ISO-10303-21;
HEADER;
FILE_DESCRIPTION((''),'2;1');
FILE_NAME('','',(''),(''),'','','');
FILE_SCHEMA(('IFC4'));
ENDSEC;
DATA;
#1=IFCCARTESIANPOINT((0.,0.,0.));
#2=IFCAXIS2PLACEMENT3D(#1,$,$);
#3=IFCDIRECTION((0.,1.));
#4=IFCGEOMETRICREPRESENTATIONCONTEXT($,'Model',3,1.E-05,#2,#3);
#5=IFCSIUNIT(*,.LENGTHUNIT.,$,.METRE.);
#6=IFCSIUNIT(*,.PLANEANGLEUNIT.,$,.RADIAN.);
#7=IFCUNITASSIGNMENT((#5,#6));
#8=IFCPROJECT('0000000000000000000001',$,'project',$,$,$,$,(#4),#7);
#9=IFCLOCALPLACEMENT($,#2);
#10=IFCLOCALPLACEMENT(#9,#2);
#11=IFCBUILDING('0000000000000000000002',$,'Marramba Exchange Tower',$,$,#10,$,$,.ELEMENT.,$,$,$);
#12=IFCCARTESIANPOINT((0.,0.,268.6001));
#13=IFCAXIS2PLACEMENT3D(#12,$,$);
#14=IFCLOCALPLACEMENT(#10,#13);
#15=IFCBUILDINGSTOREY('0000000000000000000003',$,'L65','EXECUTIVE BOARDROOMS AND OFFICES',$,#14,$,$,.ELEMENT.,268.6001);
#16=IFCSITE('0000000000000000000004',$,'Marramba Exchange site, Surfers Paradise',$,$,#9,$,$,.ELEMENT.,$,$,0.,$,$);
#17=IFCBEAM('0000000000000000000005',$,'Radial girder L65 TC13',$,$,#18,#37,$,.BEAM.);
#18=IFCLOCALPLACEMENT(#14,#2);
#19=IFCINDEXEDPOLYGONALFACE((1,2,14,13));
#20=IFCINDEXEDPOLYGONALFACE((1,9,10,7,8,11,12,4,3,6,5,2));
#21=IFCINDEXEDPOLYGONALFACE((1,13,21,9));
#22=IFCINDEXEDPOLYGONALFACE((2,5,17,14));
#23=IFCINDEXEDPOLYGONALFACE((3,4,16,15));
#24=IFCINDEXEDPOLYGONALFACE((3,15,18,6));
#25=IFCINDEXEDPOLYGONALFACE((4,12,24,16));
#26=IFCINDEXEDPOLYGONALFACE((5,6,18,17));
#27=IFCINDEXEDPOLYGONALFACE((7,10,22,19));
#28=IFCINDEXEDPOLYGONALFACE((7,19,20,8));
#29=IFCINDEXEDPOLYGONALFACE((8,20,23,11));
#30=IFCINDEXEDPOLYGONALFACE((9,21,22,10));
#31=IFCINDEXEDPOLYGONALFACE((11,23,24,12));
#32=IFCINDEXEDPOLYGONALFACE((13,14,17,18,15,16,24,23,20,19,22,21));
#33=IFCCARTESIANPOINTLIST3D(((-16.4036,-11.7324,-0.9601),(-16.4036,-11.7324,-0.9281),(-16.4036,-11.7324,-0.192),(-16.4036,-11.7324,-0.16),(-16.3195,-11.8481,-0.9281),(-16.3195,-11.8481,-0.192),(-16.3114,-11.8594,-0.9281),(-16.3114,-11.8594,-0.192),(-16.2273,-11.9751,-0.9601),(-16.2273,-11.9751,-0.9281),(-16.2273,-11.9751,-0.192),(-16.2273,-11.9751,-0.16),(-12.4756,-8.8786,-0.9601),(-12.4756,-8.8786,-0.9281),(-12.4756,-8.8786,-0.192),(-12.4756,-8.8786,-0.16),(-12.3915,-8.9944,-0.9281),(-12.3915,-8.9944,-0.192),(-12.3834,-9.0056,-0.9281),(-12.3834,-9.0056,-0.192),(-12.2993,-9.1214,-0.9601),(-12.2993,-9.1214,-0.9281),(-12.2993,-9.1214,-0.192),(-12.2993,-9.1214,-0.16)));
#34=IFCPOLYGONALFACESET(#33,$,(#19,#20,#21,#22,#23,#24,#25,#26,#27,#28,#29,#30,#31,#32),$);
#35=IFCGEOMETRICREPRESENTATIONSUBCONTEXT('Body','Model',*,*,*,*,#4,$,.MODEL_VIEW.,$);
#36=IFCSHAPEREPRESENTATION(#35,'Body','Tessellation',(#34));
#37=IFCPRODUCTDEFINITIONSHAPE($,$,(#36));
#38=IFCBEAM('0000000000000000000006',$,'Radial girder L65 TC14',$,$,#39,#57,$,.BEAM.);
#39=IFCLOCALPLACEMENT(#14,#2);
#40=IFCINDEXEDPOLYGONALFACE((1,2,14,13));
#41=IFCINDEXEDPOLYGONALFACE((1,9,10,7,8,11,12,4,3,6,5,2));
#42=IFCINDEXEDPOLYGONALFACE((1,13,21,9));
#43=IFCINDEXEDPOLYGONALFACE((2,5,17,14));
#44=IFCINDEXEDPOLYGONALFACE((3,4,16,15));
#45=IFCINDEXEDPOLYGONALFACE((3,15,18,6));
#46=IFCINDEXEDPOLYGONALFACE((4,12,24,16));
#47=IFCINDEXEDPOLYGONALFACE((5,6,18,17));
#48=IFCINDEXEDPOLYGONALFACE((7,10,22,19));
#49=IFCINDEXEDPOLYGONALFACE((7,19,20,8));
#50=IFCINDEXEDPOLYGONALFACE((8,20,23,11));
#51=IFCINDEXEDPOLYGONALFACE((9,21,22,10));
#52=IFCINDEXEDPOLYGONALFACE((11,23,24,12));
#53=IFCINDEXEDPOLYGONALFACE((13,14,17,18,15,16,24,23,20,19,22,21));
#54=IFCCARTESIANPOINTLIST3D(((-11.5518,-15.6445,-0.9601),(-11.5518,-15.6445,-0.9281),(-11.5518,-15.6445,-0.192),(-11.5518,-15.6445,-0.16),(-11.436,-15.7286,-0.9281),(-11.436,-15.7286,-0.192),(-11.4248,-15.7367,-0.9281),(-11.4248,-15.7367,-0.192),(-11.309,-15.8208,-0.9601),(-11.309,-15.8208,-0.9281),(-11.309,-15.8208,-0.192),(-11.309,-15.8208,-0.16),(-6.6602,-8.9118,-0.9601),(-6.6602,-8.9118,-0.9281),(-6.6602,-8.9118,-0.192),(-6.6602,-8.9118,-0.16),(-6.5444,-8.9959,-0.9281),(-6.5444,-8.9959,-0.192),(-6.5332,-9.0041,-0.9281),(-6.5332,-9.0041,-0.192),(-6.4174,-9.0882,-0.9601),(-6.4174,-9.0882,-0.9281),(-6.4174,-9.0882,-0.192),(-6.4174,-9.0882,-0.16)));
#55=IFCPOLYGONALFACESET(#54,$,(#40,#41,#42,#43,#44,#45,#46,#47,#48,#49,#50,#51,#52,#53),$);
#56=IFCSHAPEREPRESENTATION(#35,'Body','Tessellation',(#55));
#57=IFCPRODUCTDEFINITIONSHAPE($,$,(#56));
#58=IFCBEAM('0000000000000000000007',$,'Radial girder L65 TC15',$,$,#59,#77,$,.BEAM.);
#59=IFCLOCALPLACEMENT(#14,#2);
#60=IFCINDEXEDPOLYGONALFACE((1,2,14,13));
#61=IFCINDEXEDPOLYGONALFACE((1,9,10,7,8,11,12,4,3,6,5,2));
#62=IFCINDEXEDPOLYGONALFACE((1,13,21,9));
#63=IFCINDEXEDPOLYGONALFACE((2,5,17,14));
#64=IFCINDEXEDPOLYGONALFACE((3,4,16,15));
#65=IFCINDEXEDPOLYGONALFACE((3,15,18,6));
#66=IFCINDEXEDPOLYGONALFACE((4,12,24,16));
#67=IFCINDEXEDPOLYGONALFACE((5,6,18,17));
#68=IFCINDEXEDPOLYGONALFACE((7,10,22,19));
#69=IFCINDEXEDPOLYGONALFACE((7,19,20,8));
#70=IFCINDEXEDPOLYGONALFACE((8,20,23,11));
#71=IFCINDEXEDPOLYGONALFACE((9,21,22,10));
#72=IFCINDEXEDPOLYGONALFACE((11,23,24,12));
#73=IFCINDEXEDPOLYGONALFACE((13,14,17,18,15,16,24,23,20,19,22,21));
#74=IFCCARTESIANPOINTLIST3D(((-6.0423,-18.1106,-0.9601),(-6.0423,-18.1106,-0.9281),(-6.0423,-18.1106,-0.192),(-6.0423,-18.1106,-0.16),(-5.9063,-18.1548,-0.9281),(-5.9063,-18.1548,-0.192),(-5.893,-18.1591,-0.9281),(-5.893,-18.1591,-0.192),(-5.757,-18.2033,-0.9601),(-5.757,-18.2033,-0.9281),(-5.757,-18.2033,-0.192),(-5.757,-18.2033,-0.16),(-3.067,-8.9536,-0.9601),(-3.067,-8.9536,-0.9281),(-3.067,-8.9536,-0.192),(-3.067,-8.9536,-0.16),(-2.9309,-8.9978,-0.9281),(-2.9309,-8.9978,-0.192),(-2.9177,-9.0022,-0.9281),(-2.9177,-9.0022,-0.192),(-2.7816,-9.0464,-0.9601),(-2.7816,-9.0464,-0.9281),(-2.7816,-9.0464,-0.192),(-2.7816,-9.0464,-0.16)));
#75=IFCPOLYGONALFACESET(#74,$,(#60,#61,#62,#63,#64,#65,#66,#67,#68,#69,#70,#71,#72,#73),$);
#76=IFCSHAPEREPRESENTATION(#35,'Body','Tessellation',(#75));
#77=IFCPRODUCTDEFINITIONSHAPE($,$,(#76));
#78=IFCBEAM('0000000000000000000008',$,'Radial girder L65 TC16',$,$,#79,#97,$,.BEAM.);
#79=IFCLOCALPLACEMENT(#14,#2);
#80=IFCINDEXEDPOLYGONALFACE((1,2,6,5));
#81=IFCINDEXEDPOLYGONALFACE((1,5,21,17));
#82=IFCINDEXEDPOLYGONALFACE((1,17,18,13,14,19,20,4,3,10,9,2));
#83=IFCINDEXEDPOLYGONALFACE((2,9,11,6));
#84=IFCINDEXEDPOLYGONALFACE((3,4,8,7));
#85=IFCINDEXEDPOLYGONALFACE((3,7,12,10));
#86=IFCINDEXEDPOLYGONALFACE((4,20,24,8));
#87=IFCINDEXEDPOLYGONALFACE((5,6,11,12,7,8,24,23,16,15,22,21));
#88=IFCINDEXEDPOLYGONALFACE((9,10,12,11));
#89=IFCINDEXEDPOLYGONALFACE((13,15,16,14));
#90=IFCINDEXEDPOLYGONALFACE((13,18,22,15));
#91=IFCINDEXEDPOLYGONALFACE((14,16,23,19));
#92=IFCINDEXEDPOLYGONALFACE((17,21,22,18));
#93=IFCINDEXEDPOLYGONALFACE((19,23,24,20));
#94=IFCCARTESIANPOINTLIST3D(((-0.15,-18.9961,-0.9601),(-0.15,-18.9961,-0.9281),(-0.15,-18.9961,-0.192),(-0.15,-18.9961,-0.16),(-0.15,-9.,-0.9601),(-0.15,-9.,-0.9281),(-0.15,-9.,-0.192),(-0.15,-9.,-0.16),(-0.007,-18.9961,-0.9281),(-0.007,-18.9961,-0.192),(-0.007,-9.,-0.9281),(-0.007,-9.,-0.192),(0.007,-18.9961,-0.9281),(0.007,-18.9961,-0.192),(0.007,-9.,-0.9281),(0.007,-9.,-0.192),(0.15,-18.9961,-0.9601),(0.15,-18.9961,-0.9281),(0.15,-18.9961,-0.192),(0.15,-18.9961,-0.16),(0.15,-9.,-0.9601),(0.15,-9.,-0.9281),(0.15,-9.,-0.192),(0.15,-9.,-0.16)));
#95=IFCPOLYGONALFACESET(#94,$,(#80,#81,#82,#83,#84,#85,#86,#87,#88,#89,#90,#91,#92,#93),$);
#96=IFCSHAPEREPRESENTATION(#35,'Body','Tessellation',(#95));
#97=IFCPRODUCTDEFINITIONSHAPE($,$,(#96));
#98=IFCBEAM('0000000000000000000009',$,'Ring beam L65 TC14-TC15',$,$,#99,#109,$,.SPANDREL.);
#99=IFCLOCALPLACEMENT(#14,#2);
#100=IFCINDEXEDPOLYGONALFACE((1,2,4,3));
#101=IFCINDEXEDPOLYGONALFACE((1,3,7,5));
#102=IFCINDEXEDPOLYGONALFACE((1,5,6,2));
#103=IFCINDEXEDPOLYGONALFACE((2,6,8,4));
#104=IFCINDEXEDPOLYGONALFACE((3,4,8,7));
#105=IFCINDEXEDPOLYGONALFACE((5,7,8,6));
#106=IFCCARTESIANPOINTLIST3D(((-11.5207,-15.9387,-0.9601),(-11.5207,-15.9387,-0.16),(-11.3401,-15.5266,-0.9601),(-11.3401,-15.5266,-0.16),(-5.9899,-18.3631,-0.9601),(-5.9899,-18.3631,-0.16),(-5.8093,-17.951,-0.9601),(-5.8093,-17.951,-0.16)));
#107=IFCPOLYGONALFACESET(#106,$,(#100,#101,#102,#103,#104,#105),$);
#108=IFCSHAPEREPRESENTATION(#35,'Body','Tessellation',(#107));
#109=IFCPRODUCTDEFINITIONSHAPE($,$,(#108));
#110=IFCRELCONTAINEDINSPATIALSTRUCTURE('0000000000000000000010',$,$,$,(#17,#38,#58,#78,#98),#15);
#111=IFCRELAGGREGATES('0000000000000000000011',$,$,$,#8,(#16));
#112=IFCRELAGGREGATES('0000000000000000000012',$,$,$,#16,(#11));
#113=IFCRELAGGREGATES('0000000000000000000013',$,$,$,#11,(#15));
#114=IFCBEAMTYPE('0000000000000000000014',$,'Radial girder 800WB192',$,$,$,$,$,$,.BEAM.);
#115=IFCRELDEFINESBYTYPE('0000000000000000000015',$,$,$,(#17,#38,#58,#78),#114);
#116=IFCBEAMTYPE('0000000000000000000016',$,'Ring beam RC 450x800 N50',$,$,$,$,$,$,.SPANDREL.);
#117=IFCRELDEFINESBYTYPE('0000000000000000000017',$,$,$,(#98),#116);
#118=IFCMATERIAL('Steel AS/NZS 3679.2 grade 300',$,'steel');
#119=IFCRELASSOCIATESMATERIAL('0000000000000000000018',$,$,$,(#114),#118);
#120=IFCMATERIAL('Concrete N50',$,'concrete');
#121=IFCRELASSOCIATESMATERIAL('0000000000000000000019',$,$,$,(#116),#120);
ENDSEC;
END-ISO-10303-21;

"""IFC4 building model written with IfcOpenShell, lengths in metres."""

from ifc_helpers import new_model, si_unit, direction, frame, origin, origin_2d, place, context, subcontext, project, spatial, rectangle, i_section, extrude, material, material_profile, profile_set, type_object, element, save


model = new_model("IFC4")

# Units and contexts
model_context = context("Model", 3, precision=1e-05, world=origin(), true_north=direction((0.0, 1.0)))
body_context = subcontext(model_context, "Body", "Model", "MODEL_VIEW")
ifc_project = project(units=[si_unit("LENGTHUNIT", "METRE"), si_unit("PLANEANGLEUNIT", "RADIAN")], contexts=[model_context])

# Site, building, storey
site_placement = place(None, origin())
site = spatial("IfcSite", under=ifc_project, at=site_placement, Name="Marramba Exchange site, Surfers Paradise", CompositionType="ELEMENT", RefElevation=0.0)
building_placement = place(site_placement, origin())
building = spatial("IfcBuilding", under=site, at=building_placement, Name="Marramba Exchange Tower", CompositionType="ELEMENT")
storey_placement = place(building_placement, frame((0.0, 0.0, 268.6001)))
storey = spatial("IfcBuildingStorey", under=building, at=storey_placement, Name="L65", Description="EXECUTIVE BOARDROOMS AND OFFICES", CompositionType="ELEMENT", Elevation=268.6001)

# Beams
ifc_material_1 = material(Name="Steel AS/NZS 3679.2 grade 300", Category="steel")
ifc_material_profile_1 = material_profile(ifc_material_1, i_section(OverallWidth=0.3, OverallDepth=0.8, WebThickness=0.0139, FlangeThickness=0.032, at=origin_2d()), Name="800WB192")
ifc_profile_set_1 = profile_set([ifc_material_profile_1], Name="Steel AS/NZS 3679.2 grade 300")
beam_type_1 = type_object("IfcBeamType", Name="Radial girder 800WB192", PredefinedType="BEAM", material=ifc_profile_set_1)
beam_1_placement = place(storey_placement, frame((-12.3875, -9.0, -0.5601), z_axis=(-0.809025, -0.587774, 0.0), x_axis=(0.587774, -0.809025, 0.0)))
element("IfcBeam", 1, at=beam_1_placement, inside=storey, type_object=beam_type_1, Name="Radial girder L65 TC13", PredefinedType="BEAM", context=body_context, shape_type="SweptSolid", body=[
    extrude(i_section(OverallWidth=0.3, OverallDepth=0.8, WebThickness=0.0139, FlangeThickness=0.032, at=origin_2d()), origin(), (0.0, 0.0, 1.0), 4.8552),
])
beam_2_placement = place(storey_placement, frame((-6.5388, -9.0, -0.5601), z_axis=(-0.587788, -0.809015, 0.0), x_axis=(0.809015, -0.587788, 0.0)))
element("IfcBeam", 2, at=beam_2_placement, inside=storey, type_object=beam_type_1, Name="Radial girder L65 TC14", PredefinedType="BEAM", context=body_context, shape_type="SweptSolid", body=[
    extrude(i_section(OverallWidth=0.3, OverallDepth=0.8, WebThickness=0.0139, FlangeThickness=0.032, at=origin_2d()), origin(), (0.0, 0.0, 1.0), 8.322),
])
beam_3_placement = place(storey_placement, frame((-2.9243, -9.0, -0.5601), z_axis=(-0.309022, -0.951055, 0.0), x_axis=(0.951055, -0.309022, 0.0)))
element("IfcBeam", 3, at=beam_3_placement, inside=storey, type_object=beam_type_1, Name="Radial girder L65 TC15", PredefinedType="BEAM", context=body_context, shape_type="SweptSolid", body=[
    extrude(i_section(OverallWidth=0.3, OverallDepth=0.8, WebThickness=0.0139, FlangeThickness=0.032, at=origin_2d()), origin(), (0.0, 0.0, 1.0), 9.6282),
])
beam_4_placement = place(storey_placement, frame((0.0, -9.0, -0.5601), z_axis=(0.0, -1.0, 0.0), x_axis=(1.0, 0.0, 0.0)))
element("IfcBeam", 4, at=beam_4_placement, inside=storey, type_object=beam_type_1, Name="Radial girder L65 TC16", PredefinedType="BEAM", context=body_context, shape_type="SweptSolid", body=[
    extrude(i_section(OverallWidth=0.3, OverallDepth=0.8, WebThickness=0.0139, FlangeThickness=0.032, at=origin_2d()), origin(), (0.0, 0.0, 1.0), 9.9961),
])
ifc_material_2 = material(Name="Concrete N50", Category="concrete")
ifc_material_profile_2 = material_profile(ifc_material_2, rectangle(XDim=0.45, YDim=0.8, at=origin_2d()), Name="RC 450x800")
ifc_profile_set_2 = profile_set([ifc_material_profile_2], Name="Concrete N50")
beam_type_2 = type_object("IfcBeamType", Name="Ring beam RC 450x800 N50", PredefinedType="SPANDREL", material=ifc_profile_set_2)
beam_5_placement = place(storey_placement, frame((-11.4304, -15.7327, -0.5601), z_axis=(0.915877, -0.401459, 0.0), x_axis=(0.401459, 0.915877, 0.0)))
element("IfcBeam", 5, at=beam_5_placement, inside=storey, type_object=beam_type_2, Name="Ring beam L65 TC14-TC15", PredefinedType="SPANDREL", context=body_context, shape_type="SweptSolid", body=[
    extrude(rectangle(XDim=0.45, YDim=0.8, at=origin_2d()), origin(), (0.0, 0.0, 1.0), 6.0388),
])

save(model, "model.ifc")
